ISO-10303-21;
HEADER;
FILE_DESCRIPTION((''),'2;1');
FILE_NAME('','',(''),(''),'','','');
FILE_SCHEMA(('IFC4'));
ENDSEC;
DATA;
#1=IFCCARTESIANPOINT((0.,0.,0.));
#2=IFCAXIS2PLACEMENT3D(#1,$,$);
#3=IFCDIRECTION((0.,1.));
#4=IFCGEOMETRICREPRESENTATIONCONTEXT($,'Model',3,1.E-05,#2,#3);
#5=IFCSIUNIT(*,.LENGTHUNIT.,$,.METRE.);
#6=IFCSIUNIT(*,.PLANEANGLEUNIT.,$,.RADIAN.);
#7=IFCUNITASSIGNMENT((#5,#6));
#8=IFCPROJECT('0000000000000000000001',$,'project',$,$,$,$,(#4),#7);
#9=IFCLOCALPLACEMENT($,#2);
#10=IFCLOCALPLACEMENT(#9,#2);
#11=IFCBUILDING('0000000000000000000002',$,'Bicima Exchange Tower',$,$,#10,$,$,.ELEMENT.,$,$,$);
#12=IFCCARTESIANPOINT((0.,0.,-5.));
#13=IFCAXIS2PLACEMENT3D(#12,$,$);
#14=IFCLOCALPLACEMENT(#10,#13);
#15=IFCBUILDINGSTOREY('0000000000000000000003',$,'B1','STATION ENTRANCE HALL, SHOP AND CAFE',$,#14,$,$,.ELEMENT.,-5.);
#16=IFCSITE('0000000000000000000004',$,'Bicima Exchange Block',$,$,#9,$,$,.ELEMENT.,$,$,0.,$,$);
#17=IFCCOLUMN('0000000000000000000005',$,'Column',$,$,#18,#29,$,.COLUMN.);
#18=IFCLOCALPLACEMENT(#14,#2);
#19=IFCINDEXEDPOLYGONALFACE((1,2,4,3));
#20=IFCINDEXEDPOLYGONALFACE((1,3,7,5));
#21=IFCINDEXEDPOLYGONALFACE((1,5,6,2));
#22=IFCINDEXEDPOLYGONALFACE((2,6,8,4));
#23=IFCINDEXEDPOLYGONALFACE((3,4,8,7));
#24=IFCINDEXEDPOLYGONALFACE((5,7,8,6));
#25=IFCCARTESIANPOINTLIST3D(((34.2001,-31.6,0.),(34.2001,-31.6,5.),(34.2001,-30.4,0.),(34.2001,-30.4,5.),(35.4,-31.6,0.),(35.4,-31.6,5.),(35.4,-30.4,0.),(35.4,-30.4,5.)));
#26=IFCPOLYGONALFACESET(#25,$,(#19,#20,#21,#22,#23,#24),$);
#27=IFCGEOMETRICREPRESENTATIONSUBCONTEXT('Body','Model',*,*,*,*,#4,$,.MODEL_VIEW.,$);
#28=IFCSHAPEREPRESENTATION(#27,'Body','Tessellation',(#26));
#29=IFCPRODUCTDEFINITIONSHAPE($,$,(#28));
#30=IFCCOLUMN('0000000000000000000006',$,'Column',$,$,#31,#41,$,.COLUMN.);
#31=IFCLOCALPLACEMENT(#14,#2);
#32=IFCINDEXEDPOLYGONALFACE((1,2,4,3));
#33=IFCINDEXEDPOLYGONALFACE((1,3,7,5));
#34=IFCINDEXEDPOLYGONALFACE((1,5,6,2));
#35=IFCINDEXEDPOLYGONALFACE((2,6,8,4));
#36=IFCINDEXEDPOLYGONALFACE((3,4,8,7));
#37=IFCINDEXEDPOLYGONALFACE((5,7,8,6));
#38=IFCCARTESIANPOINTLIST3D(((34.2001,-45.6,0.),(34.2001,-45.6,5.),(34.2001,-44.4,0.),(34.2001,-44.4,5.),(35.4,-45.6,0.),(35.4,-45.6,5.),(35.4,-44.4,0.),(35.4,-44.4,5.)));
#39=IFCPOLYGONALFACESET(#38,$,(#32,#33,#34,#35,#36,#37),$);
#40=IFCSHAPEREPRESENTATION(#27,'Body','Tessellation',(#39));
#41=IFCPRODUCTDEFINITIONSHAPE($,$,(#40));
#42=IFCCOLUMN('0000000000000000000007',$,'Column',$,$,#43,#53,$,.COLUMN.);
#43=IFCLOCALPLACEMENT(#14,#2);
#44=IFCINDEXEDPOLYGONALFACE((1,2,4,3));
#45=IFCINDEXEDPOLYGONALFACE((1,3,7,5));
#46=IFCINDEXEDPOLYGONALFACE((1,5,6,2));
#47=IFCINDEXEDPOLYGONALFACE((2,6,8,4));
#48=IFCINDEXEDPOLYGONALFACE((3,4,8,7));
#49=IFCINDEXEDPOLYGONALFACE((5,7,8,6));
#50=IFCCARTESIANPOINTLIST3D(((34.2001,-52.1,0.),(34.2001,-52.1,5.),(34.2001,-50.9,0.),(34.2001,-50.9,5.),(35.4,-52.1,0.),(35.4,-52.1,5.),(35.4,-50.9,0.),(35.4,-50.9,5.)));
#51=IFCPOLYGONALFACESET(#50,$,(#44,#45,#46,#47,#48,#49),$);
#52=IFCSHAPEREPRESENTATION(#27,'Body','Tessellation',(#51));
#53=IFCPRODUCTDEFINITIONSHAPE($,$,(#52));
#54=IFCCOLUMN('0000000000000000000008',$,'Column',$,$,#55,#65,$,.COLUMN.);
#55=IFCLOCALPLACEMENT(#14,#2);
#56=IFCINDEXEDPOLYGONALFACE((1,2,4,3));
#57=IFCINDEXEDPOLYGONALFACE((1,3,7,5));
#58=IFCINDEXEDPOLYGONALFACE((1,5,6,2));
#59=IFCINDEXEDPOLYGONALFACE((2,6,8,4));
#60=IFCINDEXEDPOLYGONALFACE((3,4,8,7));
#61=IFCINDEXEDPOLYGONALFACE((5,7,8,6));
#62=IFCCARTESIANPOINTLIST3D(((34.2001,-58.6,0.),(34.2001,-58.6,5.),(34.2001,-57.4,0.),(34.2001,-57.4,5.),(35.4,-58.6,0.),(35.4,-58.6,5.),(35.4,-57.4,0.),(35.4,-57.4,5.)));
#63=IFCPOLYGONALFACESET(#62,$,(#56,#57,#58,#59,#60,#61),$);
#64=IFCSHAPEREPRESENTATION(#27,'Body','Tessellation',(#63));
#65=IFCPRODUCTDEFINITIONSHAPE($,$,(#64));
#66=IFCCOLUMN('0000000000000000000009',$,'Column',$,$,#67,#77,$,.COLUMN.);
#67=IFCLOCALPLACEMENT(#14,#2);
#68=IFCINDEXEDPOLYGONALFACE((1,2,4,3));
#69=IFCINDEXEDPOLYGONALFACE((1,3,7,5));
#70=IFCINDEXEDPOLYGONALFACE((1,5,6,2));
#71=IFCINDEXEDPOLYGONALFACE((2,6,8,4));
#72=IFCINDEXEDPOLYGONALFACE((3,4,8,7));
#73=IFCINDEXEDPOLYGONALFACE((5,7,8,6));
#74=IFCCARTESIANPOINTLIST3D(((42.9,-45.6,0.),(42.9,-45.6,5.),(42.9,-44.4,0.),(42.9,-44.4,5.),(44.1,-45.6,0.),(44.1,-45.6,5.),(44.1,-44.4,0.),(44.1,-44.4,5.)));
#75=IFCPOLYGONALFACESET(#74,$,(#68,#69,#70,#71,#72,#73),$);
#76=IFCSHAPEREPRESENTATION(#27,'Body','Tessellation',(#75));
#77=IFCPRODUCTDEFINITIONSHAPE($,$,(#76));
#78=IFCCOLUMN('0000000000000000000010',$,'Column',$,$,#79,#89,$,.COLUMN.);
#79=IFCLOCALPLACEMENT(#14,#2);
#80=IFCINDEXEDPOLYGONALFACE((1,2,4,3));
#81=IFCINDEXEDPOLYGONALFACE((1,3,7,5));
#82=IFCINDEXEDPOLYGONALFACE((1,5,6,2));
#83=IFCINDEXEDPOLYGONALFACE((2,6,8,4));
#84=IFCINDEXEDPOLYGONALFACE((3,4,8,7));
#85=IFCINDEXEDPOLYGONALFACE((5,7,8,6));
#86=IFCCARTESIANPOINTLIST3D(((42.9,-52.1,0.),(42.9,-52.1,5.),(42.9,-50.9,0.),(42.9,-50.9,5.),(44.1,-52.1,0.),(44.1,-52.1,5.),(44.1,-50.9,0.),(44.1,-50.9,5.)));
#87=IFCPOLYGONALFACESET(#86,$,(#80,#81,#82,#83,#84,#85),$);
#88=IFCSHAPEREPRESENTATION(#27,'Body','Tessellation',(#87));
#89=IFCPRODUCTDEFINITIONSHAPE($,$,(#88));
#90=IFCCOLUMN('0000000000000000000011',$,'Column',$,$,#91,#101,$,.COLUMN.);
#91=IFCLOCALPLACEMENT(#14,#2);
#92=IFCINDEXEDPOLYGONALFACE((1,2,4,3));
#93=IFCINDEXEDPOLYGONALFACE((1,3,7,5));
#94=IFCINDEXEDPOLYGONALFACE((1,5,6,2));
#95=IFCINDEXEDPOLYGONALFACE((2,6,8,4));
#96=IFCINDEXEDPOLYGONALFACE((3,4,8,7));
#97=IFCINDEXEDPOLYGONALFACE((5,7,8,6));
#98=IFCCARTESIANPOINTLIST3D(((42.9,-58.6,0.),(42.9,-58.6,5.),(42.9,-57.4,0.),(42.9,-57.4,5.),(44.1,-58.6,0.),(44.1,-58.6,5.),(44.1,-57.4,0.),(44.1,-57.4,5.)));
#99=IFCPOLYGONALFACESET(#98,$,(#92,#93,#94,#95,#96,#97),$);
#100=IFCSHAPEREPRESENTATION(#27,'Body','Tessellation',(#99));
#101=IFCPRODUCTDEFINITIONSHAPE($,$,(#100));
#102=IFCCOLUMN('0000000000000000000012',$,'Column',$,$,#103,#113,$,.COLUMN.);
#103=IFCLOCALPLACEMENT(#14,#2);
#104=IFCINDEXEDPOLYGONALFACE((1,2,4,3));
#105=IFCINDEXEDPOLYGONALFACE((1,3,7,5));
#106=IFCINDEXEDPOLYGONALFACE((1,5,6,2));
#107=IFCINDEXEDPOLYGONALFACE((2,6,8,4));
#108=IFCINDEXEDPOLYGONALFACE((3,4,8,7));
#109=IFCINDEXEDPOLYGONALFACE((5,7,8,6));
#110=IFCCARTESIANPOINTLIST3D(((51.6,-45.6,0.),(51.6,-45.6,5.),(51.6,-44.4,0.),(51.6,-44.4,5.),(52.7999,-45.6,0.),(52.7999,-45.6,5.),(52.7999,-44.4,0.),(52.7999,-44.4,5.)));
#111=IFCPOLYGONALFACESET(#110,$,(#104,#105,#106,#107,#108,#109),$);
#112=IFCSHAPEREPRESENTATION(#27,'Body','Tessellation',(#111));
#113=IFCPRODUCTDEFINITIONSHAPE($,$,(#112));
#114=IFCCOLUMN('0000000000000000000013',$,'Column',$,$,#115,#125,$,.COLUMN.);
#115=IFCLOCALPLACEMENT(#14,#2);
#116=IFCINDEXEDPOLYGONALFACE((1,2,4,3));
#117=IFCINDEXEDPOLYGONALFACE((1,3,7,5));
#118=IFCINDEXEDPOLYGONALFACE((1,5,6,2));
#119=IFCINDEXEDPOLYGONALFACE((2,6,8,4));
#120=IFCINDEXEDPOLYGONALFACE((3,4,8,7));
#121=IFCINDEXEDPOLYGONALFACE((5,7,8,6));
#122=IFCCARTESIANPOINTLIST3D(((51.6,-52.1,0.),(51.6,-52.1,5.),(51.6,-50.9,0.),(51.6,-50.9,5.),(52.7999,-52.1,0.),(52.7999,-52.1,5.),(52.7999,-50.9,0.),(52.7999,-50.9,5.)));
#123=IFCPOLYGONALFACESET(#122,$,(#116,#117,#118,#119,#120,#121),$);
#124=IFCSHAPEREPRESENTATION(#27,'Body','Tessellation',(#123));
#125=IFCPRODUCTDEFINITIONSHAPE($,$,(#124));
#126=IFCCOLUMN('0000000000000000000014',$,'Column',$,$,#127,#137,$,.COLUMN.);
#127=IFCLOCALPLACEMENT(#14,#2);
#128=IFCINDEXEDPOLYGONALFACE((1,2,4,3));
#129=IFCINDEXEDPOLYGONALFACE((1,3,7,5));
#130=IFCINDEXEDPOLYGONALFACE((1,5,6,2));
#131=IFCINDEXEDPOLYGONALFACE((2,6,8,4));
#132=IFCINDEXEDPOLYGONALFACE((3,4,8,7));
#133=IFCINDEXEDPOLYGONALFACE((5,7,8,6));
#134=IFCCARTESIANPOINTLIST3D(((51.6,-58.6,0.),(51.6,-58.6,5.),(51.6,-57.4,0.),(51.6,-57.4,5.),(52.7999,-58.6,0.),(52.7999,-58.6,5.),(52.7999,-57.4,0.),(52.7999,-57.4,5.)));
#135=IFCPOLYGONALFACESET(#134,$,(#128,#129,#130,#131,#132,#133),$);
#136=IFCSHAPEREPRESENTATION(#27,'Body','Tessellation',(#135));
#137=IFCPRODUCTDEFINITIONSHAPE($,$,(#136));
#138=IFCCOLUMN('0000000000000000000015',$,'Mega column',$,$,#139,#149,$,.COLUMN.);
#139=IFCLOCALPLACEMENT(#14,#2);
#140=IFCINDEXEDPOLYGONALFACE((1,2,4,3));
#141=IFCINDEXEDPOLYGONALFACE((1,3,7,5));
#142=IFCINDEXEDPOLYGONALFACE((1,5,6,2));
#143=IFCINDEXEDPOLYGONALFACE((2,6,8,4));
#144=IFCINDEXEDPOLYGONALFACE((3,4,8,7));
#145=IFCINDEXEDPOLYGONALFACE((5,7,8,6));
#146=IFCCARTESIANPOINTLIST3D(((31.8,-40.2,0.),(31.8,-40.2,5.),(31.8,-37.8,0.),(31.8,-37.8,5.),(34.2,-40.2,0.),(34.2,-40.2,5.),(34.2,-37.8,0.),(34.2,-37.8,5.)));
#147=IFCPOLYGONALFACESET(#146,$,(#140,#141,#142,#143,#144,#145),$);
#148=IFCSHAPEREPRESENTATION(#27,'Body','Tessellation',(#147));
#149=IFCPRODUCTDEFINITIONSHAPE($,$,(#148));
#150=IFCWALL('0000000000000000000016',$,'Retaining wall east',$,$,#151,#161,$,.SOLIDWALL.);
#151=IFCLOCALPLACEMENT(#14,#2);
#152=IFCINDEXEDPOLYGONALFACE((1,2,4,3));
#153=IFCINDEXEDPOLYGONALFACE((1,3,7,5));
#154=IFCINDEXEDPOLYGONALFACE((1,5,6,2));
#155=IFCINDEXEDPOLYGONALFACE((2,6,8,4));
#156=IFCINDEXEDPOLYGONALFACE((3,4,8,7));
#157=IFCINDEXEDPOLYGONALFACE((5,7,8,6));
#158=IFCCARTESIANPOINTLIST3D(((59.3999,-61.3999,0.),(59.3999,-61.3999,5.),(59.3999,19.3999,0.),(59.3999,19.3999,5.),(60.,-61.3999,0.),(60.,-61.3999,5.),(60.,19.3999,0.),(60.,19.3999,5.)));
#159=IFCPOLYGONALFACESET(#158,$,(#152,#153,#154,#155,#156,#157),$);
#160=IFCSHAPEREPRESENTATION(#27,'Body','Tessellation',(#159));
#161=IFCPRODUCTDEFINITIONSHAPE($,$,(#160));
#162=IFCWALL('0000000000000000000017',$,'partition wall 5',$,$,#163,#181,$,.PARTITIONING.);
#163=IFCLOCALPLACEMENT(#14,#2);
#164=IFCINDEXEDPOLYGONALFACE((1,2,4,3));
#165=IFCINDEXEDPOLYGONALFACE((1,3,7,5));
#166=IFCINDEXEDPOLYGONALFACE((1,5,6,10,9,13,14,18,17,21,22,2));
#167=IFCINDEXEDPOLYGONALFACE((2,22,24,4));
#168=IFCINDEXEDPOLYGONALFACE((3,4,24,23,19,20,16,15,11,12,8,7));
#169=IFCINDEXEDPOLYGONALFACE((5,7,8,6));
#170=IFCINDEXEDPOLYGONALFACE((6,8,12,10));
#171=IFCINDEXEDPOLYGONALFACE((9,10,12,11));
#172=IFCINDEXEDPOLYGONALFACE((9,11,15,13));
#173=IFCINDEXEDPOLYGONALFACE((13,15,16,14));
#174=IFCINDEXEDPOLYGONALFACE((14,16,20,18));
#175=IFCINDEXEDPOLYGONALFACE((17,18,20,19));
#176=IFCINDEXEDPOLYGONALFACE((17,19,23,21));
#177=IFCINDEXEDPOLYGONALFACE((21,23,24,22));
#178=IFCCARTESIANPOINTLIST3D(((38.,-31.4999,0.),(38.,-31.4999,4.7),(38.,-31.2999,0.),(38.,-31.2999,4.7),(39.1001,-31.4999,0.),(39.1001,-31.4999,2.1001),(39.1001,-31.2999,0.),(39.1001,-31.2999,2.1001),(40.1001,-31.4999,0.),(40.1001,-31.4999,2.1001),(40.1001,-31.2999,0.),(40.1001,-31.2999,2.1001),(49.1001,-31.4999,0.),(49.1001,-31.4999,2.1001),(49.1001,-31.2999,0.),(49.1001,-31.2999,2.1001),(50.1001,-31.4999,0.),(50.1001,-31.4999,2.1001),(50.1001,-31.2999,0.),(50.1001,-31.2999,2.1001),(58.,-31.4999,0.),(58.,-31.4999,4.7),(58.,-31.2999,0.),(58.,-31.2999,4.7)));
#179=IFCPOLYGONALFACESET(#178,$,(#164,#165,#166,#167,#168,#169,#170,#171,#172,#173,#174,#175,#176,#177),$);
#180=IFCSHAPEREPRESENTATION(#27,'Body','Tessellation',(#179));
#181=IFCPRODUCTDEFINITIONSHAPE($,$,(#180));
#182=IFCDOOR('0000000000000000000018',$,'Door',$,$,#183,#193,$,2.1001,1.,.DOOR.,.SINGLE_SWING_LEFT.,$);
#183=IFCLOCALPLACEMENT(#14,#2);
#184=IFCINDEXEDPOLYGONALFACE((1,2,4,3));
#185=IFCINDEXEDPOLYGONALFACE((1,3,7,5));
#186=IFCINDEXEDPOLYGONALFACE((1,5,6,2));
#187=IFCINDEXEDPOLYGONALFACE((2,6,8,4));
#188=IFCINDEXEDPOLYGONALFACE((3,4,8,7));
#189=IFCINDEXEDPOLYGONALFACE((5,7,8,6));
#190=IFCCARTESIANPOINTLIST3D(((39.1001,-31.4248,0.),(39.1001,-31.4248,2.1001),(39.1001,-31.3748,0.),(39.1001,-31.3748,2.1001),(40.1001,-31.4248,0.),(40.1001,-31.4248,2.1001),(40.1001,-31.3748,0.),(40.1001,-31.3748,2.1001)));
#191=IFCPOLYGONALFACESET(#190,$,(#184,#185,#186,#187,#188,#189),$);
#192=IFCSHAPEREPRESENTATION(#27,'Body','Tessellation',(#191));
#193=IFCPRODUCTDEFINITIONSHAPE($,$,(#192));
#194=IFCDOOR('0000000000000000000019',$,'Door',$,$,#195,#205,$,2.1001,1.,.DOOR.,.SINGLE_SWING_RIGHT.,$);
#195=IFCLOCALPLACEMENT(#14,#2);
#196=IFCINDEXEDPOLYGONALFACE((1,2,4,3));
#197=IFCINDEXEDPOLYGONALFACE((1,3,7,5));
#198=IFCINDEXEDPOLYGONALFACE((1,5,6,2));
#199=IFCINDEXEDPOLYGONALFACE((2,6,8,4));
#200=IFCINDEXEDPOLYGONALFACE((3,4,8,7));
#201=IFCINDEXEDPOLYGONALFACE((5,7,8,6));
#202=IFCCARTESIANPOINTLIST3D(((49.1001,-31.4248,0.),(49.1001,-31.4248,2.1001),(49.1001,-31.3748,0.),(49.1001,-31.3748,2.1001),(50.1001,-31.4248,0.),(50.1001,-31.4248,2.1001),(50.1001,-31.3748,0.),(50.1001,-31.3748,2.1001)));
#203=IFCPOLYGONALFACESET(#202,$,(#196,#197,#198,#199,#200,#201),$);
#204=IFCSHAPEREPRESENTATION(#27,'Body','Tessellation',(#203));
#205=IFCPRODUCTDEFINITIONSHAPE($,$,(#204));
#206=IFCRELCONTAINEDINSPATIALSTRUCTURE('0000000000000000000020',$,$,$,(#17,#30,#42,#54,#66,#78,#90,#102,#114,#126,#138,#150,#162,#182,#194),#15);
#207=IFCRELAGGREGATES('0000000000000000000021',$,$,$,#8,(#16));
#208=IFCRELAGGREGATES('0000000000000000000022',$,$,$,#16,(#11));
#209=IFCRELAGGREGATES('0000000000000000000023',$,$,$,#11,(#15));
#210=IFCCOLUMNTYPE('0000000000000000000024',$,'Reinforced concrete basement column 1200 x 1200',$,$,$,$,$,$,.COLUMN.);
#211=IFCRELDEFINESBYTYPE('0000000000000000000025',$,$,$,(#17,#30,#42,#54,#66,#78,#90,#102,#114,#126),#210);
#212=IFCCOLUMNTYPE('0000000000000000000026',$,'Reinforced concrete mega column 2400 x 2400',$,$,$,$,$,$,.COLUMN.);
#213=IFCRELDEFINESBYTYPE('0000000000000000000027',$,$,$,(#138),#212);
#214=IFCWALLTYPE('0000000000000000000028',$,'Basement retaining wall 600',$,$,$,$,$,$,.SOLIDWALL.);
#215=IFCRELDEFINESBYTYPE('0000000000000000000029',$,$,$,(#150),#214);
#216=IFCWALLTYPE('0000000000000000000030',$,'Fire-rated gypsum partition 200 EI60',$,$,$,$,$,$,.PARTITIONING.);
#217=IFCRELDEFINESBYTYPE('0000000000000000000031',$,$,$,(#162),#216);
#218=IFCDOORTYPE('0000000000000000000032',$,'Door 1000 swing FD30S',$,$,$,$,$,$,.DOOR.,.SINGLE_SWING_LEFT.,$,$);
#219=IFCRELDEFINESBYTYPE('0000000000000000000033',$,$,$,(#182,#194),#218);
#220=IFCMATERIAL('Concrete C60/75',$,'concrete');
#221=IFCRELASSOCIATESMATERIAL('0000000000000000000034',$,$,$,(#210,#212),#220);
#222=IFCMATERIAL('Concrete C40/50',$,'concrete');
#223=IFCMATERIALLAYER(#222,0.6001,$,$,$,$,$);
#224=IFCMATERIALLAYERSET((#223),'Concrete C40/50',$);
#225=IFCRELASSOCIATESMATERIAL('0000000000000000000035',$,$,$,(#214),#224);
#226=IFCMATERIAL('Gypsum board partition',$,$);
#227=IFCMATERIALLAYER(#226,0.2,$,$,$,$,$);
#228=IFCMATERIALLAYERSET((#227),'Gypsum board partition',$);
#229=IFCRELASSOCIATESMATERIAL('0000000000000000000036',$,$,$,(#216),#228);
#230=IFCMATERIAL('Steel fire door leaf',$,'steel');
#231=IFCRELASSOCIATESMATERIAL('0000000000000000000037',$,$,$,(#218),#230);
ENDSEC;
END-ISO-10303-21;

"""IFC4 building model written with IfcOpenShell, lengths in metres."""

from ifc_helpers import new_model, si_unit, direction, frame, frame_2d, origin, origin_2d, place, context, subcontext, project, spatial, rectangle, extrude, material, layer, layer_set, material_profile, profile_set, type_object, element, fill, save


model = new_model("IFC4")

# Units and contexts
model_context = context("Model", 3, precision=1e-05, world=origin(), true_north=direction((0.0, 1.0)))
body_context = subcontext(model_context, "Body", "Model", "MODEL_VIEW")
ifc_project = project(units=[si_unit("LENGTHUNIT", "METRE"), si_unit("PLANEANGLEUNIT", "RADIAN")], contexts=[model_context])

# Site, building, storey
site_placement = place(None, origin())
site = spatial("IfcSite", under=ifc_project, at=site_placement, Name="Bicima Exchange Block", CompositionType="ELEMENT", RefElevation=0.0)
building_placement = place(site_placement, origin())
building = spatial("IfcBuilding", under=site, at=building_placement, Name="Bicima Exchange Tower", CompositionType="ELEMENT")
storey_placement = place(building_placement, frame((0.0, 0.0, -5.0)))
storey = spatial("IfcBuildingStorey", under=building, at=storey_placement, Name="B1", Description="STATION ENTRANCE HALL, SHOP AND CAFE", CompositionType="ELEMENT", Elevation=-5.0)

# Columns
ifc_material_1 = material(Name="Concrete C60/75", Category="concrete")
ifc_material_profile_1 = material_profile(ifc_material_1, rectangle(XDim=1.2, YDim=1.2, at=origin_2d()))
ifc_profile_set_1 = profile_set([ifc_material_profile_1], Name="Concrete C60/75")
column_type_1 = type_object("IfcColumnType", Name="Reinforced concrete basement column 1200 x 1200", PredefinedType="COLUMN", material=ifc_profile_set_1)
for number, where, z_axis, x_axis, name in (
    (1, (34.8, -31.0, 0.0), (0.0, 0.0, 1.0), (1.0, 0.0, 0.0), "Column"),
    (2, (34.8, -45.0, 0.0), (0.0, 0.0, 1.0), (1.0, 0.0, 0.0), "Column"),
    (3, (34.8, -51.5, 0.0), (0.0, 0.0, 1.0), (1.0, 0.0, 0.0), "Column"),
    (4, (34.8, -58.0, 0.0), (0.0, 0.0, 1.0), (1.0, 0.0, 0.0), "Column"),
    (5, (43.5, -45.0, 0.0), (0.0, 0.0, 1.0), (1.0, 0.0, 0.0), "Column"),
    (6, (43.5, -51.5, 0.0), (0.0, 0.0, 1.0), (1.0, 0.0, 0.0), "Column"),
    (7, (43.5, -58.0, 0.0), (0.0, 0.0, 1.0), (1.0, 0.0, 0.0), "Column"),
    (8, (52.2, -45.0, 0.0), (0.0, 0.0, 1.0), (1.0, 0.0, 0.0), "Column"),
    (9, (52.2, -51.5, 0.0), (0.0, 0.0, 1.0), (1.0, 0.0, 0.0), "Column"),
    (10, (52.2, -58.0, 0.0), (0.0, 0.0, 1.0), (1.0, 0.0, 0.0), "Column"),
):
    element("IfcColumn", number, at=place(storey_placement, frame(where, z_axis=z_axis, x_axis=x_axis)), inside=storey, type_object=column_type_1, Name=name, PredefinedType="COLUMN", context=body_context, shape_type="SweptSolid", body=[
        extrude(rectangle(XDim=1.2, YDim=1.2, at=origin_2d()), origin(), (0.0, 0.0, 1.0), 5.0),
    ])
ifc_material_profile_2 = material_profile(ifc_material_1, rectangle(XDim=2.3999, YDim=2.3999, at=origin_2d()))
ifc_profile_set_2 = profile_set([ifc_material_profile_2], Name="Concrete C60/75")
column_type_2 = type_object("IfcColumnType", Name="Reinforced concrete mega column 2400 x 2400", PredefinedType="COLUMN", material=ifc_profile_set_2)
column_placement = place(storey_placement, frame((33.0, -39.0, 0.0), z_axis=(0.0, 0.0, 1.0), x_axis=(1.0, 0.0, 0.0)))
element("IfcColumn", 11, at=column_placement, inside=storey, type_object=column_type_2, Name="Mega column", PredefinedType="COLUMN", context=body_context, shape_type="SweptSolid", body=[
    extrude(rectangle(XDim=2.3999, YDim=2.3999, at=origin_2d()), origin(), (0.0, 0.0, 1.0), 5.0),
])

# Wall
ifc_material_2 = material(Name="Concrete C40/50", Category="concrete")
ifc_layer_1 = layer(ifc_material_2, 0.6001)
ifc_layer_set_1 = layer_set([ifc_layer_1], Name="Concrete C40/50")
wall_type_1 = type_object("IfcWallType", Name="Basement retaining wall 600", PredefinedType="SOLIDWALL", material=ifc_layer_set_1)
wall_1_placement = place(storey_placement, frame((59.7, -61.3999, 0.0), z_axis=(0.0, 0.0, 1.0), x_axis=(0.0, 1.0, 0.0)))
element("IfcWall", 12, at=wall_1_placement, inside=storey, type_object=wall_type_1, Name="Retaining wall east", PredefinedType="SOLIDWALL", context=body_context, shape_type="SweptSolid", body=[
    extrude(rectangle(XDim=80.7998, YDim=0.6001, at=frame_2d((40.3999, 0.0))), origin(), (0.0, 0.0, 1.0), 5.0),
])

# Wall, openings, doors
ifc_material_3 = material(Name="Gypsum board partition")
ifc_layer_2 = layer(ifc_material_3, 0.2)
ifc_layer_set_2 = layer_set([ifc_layer_2], Name="Gypsum board partition")
wall_type_2 = type_object("IfcWallType", Name="Fire-rated gypsum partition 200 EI60", PredefinedType="PARTITIONING", material=ifc_layer_set_2)
wall_2_placement = place(storey_placement, frame((38.0, -31.3999, 0.0), z_axis=(0.0, 0.0, 1.0), x_axis=(1.0, 0.0, 0.0)))
wall_2 = element("IfcWall", 13, at=wall_2_placement, inside=storey, type_object=wall_type_2, Name="partition wall 5", PredefinedType="PARTITIONING", context=body_context, shape_type="SweptSolid", body=[
    extrude(rectangle(XDim=20.0, YDim=0.2, at=frame_2d((10.0, 0.0))), origin(), (0.0, 0.0, 1.0), 4.7),
])
opening_1_placement = place(wall_2_placement, frame((1.1001, 0.0, 0.0)))
opening_1 = element("IfcOpeningElement", 14, at=opening_1_placement, cuts=wall_2, PredefinedType="OPENING", context=body_context, shape_type="SweptSolid", body=[
    extrude(rectangle(XDim=1.0, YDim=2.1001, at=frame_2d((0.5, 1.05))), frame((0.0, 0.1118, 0.0), z_axis=(0.0, -1.0, 0.0), x_axis=(1.0, 0.0, 0.0)), (0.0, 0.0, 1.0), 0.2239),
])
opening_2_placement = place(wall_2_placement, frame((11.1001, 0.0, 0.0)))
opening_2 = element("IfcOpeningElement", 15, at=opening_2_placement, cuts=wall_2, PredefinedType="OPENING", context=body_context, shape_type="SweptSolid", body=[
    extrude(rectangle(XDim=1.0, YDim=2.1001, at=frame_2d((0.5, 1.05))), frame((0.0, 0.1118, 0.0), z_axis=(0.0, -1.0, 0.0), x_axis=(1.0, 0.0, 0.0)), (0.0, 0.0, 1.0), 0.2239),
])
ifc_material_4 = material(Name="Steel fire door leaf", Category="steel")
door_type_1 = type_object("IfcDoorType", Name="Door 1000 swing FD30S", OperationType="SINGLE_SWING_LEFT", PredefinedType="DOOR", material=ifc_material_4)
door_1_placement = place(opening_1_placement, frame((1.0, 0.0, 0.0), z_axis=(0.0, 0.0, 1.0), x_axis=(-1.0, 0.0, 0.0)))
door_1 = element("IfcDoor", 16, at=door_1_placement, inside=storey, type_object=door_type_1, Name="Door", OperationType="SINGLE_SWING_LEFT", OverallHeight=2.1001, OverallWidth=1.0, PredefinedType="DOOR", context=body_context, shape_type="SweptSolid", body=[
    extrude(rectangle(XDim=1.0, YDim=2.1001, at=frame_2d((0.5, 1.05))), frame((0.0, 0.0249, 0.0), z_axis=(0.0, -1.0, 0.0), x_axis=(1.0, 0.0, 0.0)), (0.0, 0.0, 1.0), 0.05),
])
fill(opening_1, door_1)
door_2_placement = place(opening_2_placement, frame((1.0, 0.0, 0.0), z_axis=(0.0, 0.0, 1.0), x_axis=(-1.0, 0.0, 0.0)))
door_2 = element("IfcDoor", 17, at=door_2_placement, inside=storey, type_object=door_type_1, Name="Door", OperationType="SINGLE_SWING_RIGHT", OverallHeight=2.1001, OverallWidth=1.0, PredefinedType="DOOR", context=body_context, shape_type="SweptSolid", body=[
    extrude(rectangle(XDim=1.0, YDim=2.1001, at=frame_2d((0.5, 1.05))), frame((0.0, 0.0249, 0.0), z_axis=(0.0, -1.0, 0.0), x_axis=(1.0, 0.0, 0.0)), (0.0, 0.0, 1.0), 0.05),
])
fill(opening_2, door_2)

save(model, "model.ifc")
